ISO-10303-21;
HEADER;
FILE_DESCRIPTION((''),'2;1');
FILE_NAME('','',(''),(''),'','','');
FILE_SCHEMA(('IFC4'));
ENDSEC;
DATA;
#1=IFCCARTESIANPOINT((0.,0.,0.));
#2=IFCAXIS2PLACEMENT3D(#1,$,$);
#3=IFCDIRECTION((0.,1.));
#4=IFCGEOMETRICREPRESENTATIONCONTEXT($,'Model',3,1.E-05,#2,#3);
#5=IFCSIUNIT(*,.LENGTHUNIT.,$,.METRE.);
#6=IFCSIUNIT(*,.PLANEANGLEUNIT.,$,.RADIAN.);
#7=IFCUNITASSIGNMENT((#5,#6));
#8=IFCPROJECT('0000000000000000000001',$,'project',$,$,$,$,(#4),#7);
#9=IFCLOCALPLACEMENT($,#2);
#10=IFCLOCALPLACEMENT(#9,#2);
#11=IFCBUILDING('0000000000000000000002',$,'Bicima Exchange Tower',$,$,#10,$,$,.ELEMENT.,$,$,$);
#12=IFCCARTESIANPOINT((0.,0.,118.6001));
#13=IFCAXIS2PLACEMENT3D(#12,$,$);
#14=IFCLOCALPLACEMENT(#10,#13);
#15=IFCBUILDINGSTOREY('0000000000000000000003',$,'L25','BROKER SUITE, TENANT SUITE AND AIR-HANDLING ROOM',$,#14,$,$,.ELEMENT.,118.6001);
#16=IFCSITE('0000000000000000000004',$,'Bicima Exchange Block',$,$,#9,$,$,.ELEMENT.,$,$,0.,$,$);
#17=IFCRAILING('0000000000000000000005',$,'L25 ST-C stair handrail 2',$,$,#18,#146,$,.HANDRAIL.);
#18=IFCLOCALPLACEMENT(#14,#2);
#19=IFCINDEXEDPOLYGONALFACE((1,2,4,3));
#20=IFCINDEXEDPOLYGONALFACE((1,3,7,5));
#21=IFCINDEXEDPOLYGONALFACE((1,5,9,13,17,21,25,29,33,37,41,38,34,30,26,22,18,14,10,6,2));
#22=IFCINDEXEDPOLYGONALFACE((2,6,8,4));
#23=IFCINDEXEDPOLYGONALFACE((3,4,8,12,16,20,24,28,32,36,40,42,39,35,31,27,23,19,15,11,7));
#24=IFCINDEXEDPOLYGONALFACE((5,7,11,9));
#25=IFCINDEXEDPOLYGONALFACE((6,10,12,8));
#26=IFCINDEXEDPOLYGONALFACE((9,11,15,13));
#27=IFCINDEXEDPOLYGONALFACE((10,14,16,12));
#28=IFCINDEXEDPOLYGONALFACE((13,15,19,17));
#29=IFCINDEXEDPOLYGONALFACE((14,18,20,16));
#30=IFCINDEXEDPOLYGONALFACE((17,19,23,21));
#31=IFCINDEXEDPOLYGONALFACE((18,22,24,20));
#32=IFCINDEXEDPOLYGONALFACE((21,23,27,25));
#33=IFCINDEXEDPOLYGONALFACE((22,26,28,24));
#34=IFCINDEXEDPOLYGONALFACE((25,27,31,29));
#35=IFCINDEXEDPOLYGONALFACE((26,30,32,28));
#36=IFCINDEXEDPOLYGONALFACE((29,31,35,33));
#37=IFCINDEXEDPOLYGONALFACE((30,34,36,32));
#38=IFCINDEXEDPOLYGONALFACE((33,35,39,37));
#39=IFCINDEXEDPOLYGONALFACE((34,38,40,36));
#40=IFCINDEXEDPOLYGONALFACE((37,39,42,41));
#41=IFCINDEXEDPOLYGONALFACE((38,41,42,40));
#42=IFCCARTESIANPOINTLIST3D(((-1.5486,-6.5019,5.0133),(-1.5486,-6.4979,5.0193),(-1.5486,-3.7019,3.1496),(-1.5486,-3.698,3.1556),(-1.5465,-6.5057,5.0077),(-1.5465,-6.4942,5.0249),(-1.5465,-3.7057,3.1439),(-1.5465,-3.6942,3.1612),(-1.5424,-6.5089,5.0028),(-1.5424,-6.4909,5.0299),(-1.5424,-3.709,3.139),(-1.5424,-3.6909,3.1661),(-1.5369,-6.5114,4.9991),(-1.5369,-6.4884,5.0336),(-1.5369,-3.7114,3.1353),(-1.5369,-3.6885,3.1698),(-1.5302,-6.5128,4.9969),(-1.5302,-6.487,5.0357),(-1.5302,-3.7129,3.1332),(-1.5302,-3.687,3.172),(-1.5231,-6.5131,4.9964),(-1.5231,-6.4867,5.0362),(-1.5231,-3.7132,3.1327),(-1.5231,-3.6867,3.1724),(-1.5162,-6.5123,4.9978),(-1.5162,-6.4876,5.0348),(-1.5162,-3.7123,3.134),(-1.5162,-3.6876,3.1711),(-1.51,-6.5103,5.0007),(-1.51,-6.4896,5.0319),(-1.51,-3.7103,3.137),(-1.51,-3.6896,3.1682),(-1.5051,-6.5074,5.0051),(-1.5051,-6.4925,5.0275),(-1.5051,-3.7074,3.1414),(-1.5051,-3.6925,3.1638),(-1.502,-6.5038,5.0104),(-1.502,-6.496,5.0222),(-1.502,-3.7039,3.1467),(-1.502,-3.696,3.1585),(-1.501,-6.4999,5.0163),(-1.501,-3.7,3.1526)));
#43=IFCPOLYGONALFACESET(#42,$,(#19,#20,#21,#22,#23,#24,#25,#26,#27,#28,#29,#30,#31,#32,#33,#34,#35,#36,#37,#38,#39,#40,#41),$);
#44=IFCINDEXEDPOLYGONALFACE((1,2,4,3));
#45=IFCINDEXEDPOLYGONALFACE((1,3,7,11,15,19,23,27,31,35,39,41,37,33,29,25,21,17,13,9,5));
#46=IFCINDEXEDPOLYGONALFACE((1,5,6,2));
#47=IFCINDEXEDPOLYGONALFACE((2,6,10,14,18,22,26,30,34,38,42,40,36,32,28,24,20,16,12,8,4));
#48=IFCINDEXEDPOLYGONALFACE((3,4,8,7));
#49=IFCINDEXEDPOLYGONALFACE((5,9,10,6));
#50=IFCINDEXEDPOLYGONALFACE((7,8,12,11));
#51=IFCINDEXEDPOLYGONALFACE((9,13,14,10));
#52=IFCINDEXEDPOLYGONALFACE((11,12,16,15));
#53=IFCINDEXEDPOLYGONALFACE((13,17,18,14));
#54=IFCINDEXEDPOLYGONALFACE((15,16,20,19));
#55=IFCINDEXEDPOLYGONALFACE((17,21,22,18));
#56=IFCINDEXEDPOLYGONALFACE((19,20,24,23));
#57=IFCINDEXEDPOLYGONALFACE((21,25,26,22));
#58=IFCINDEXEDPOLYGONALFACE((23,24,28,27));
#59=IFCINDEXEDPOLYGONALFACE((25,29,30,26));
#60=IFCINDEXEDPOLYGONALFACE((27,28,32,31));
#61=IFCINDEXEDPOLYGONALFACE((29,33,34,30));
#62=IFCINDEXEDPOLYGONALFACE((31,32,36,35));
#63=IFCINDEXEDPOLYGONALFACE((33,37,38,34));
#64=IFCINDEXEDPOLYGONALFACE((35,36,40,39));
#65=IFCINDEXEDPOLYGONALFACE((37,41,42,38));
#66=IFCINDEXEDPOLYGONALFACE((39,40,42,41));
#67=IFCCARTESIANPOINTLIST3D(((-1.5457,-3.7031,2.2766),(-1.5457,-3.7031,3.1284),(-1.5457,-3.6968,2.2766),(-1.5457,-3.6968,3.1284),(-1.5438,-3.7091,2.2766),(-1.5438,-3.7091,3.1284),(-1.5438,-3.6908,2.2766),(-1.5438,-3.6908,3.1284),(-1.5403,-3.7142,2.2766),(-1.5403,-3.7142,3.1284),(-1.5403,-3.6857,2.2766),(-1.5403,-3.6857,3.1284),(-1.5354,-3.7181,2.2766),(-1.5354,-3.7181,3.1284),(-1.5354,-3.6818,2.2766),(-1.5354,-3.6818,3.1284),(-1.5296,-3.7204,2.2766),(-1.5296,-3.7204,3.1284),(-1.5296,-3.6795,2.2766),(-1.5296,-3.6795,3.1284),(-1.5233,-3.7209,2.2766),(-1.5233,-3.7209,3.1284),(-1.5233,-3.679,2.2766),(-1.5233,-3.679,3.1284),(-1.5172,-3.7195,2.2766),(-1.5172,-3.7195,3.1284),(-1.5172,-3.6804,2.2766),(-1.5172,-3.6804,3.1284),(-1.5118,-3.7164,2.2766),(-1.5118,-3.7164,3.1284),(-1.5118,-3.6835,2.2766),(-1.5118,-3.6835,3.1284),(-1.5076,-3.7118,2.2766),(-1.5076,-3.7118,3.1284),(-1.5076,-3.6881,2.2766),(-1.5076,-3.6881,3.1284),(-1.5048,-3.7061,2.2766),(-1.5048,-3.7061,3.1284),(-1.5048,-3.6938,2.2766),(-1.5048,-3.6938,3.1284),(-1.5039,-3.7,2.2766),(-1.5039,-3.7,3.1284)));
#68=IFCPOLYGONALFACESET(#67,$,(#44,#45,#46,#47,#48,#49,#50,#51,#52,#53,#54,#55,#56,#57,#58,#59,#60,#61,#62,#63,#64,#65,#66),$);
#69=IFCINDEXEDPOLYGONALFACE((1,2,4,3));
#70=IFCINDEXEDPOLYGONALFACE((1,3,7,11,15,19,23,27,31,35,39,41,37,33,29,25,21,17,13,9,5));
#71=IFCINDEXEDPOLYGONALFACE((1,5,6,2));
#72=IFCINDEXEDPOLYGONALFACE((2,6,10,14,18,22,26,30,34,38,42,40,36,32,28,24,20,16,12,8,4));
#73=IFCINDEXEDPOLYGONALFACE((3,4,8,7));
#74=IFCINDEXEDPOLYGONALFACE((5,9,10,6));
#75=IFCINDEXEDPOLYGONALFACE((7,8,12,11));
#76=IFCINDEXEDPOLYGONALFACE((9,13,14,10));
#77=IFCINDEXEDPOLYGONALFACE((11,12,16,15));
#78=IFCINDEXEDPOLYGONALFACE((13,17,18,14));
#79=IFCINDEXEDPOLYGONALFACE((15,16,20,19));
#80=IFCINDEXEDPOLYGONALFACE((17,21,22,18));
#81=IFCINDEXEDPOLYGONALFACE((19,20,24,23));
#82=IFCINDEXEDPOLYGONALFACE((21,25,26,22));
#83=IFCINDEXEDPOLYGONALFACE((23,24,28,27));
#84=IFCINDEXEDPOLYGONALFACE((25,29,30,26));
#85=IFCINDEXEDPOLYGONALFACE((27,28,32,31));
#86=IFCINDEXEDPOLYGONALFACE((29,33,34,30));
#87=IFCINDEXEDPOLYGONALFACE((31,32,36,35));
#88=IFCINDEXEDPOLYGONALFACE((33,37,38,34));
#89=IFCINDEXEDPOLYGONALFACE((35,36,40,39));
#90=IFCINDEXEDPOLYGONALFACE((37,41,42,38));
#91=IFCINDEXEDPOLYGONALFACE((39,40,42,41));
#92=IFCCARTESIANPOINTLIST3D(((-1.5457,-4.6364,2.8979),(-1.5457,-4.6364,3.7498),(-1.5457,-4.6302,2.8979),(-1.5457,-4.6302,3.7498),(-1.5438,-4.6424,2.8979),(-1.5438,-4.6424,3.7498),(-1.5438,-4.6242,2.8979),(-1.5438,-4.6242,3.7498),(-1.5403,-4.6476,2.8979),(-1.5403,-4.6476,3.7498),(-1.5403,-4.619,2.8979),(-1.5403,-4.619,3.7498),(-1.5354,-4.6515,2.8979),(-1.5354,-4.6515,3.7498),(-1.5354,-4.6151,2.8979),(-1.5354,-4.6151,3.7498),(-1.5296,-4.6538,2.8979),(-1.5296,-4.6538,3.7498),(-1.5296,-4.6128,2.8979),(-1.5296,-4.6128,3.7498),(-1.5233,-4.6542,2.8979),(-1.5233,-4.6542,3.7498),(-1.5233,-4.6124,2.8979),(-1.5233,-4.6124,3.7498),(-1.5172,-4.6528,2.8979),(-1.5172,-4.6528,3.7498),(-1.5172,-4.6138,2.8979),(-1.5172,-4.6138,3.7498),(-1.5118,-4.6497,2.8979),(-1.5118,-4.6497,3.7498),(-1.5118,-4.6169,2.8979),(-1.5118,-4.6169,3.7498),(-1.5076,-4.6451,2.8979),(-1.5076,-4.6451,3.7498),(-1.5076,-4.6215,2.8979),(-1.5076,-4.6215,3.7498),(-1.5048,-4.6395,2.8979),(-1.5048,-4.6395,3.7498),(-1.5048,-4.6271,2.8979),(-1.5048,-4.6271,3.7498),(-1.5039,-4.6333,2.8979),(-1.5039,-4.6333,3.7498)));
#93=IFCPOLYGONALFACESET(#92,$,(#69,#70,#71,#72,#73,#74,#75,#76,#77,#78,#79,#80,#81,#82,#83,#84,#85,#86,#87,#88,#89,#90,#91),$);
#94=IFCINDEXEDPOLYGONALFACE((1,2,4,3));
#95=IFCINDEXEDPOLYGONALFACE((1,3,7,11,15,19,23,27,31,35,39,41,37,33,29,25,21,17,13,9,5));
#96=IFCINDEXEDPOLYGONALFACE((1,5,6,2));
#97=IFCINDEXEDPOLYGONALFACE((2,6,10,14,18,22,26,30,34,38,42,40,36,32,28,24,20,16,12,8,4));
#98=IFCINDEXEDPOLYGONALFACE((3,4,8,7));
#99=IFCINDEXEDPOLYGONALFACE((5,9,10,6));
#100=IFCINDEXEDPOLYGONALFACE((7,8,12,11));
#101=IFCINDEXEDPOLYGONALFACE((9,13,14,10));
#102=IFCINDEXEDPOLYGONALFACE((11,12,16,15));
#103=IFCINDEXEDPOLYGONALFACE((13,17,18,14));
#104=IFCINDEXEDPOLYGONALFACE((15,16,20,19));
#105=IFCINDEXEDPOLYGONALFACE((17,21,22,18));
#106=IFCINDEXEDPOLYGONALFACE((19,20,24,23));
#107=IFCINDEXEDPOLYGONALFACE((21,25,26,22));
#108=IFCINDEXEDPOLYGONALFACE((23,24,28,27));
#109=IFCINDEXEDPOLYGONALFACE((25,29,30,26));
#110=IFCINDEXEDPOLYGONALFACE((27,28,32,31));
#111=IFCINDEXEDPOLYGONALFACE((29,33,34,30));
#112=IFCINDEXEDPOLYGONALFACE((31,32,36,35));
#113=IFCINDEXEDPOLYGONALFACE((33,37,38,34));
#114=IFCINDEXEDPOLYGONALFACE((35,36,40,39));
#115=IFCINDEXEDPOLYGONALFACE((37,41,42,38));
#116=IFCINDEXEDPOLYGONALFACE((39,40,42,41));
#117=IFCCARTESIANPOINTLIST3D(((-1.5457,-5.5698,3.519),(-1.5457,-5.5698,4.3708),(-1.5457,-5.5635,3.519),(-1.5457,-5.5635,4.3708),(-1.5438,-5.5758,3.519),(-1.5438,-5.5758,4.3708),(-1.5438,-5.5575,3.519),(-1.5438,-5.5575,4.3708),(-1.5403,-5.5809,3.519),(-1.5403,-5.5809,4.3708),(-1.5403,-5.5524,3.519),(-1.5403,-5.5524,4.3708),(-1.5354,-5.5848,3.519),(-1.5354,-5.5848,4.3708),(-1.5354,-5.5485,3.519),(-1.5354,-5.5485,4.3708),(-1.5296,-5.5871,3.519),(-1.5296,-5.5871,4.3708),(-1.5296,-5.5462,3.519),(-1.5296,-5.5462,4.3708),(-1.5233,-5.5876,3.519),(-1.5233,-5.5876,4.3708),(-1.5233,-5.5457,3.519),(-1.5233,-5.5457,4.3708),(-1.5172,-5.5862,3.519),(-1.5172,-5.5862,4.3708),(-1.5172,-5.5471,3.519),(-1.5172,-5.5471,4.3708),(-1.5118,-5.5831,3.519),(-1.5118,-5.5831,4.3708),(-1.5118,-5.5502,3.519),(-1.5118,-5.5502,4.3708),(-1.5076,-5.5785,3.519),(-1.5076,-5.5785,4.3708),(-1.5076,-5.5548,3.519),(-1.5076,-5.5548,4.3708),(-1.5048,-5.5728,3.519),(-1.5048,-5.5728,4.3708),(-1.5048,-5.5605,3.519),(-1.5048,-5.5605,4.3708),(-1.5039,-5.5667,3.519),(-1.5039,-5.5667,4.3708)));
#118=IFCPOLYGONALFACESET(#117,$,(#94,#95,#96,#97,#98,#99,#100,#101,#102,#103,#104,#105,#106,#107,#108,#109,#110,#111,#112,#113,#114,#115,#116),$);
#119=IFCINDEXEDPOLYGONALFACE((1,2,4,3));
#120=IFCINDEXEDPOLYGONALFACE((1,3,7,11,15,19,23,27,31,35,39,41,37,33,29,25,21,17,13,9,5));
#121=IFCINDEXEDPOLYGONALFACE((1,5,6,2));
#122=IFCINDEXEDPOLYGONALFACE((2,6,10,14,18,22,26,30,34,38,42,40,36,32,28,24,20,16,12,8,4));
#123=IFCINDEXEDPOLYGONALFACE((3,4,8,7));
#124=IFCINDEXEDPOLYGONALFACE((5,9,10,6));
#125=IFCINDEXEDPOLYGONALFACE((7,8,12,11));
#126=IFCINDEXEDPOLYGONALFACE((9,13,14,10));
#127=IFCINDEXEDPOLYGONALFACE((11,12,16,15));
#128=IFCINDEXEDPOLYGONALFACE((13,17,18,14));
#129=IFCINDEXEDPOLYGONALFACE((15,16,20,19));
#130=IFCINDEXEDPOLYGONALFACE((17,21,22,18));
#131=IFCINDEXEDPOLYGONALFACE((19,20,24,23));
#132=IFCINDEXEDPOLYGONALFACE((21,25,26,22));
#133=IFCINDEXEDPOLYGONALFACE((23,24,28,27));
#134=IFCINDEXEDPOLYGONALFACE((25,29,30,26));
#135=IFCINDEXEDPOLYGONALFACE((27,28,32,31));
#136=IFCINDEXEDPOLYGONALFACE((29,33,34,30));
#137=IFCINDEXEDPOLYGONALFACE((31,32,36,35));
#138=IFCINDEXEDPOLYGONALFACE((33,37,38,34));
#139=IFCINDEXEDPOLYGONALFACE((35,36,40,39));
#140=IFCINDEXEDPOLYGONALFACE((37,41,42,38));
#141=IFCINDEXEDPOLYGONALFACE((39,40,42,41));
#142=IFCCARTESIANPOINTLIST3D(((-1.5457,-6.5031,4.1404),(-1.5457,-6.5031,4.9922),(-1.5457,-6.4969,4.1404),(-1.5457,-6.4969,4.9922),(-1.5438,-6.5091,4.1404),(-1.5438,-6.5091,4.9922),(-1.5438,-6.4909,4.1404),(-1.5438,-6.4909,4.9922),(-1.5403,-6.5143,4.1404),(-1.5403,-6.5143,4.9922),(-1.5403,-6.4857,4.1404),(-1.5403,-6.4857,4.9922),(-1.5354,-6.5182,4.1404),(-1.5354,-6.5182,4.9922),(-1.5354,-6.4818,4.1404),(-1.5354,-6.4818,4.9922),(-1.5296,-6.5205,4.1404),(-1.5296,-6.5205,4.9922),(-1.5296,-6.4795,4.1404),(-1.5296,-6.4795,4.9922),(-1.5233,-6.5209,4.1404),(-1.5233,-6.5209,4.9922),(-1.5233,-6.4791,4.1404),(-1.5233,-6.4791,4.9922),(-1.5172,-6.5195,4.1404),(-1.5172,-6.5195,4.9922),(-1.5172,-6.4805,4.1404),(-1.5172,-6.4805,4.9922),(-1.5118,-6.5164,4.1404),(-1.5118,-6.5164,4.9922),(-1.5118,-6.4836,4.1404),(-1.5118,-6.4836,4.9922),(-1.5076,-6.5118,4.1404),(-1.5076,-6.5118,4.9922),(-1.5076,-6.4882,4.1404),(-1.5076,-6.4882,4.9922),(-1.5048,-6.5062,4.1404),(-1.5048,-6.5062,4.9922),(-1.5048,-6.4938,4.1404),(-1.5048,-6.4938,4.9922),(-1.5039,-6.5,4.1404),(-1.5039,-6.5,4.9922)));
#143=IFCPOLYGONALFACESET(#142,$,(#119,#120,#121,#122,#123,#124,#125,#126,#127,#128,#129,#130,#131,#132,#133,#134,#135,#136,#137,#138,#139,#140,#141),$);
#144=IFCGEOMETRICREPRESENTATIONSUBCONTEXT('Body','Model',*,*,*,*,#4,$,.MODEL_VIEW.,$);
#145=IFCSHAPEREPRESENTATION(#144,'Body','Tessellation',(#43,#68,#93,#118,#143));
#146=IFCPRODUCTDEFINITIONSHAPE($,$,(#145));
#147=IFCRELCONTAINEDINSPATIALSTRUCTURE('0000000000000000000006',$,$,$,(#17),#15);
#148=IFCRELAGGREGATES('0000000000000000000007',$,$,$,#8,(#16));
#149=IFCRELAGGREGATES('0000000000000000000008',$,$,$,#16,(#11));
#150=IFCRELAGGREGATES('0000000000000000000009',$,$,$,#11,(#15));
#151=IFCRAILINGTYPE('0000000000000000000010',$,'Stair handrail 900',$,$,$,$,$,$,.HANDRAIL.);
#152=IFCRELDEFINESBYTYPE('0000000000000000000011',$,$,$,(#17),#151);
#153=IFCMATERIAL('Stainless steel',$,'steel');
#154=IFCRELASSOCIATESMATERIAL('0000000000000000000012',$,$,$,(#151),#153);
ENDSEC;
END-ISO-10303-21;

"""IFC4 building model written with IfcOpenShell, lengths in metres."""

from ifc_helpers import new_model, si_unit, direction, frame, origin, origin_2d, place, context, subcontext, project, spatial, circle, extrude, material, type_object, element, save


model = new_model("IFC4")

# Units and contexts
model_context = context("Model", 3, precision=1e-05, world=origin(), true_north=direction((0.0, 1.0)))
body_context = subcontext(model_context, "Body", "Model", "MODEL_VIEW")
ifc_project = project(units=[si_unit("LENGTHUNIT", "METRE"), si_unit("PLANEANGLEUNIT", "RADIAN")], contexts=[model_context])

# Site, building, storey
site_placement = place(None, origin())
site = spatial("IfcSite", under=ifc_project, at=site_placement, Name="Bicima Exchange Block", CompositionType="ELEMENT", RefElevation=0.0)
building_placement = place(site_placement, origin())
building = spatial("IfcBuilding", under=site, at=building_placement, Name="Bicima Exchange Tower", CompositionType="ELEMENT")
storey_placement = place(building_placement, frame((0.0, 0.0, 118.6001)))
storey = spatial("IfcBuildingStorey", under=building, at=storey_placement, Name="L25", Description="BROKER SUITE, TENANT SUITE AND AIR-HANDLING ROOM", CompositionType="ELEMENT", Elevation=118.6001)

# Railing
ifc_material_1 = material(Name="Stainless steel", Category="steel")
railing_type = type_object("IfcRailingType", Name="Stair handrail 900", PredefinedType="HANDRAIL", material=ifc_material_1)
railing_placement = place(storey_placement, frame((-1.5249, -3.7, 2.2766)))
element("IfcRailing", 1, at=railing_placement, inside=storey, type_object=railing_type, Name="L25 ST-C stair handrail 2", PredefinedType="HANDRAIL", context=body_context, shape_type="SweptSolid", body=[
    extrude(circle(Radius=0.0239, at=origin_2d()), frame((0.0, 0.0, 0.876), z_axis=(0.0, -0.832452, 0.554097), x_axis=(1.0, 0.0, 0.0)), (0.0, 0.0, 1.0), 3.3635),
    extrude(circle(Radius=0.021, at=origin_2d()), origin(), (0.0, 0.0, 1.0), 0.8518),
    extrude(circle(Radius=0.021, at=origin_2d()), frame((0.0, -0.9333, 0.6213)), (0.0, 0.0, 1.0), 0.8518),
    extrude(circle(Radius=0.021, at=origin_2d()), frame((0.0, -1.8667, 1.2424)), (0.0, 0.0, 1.0), 0.8518),
    extrude(circle(Radius=0.021, at=origin_2d()), frame((0.0, -2.8, 1.8638)), (0.0, 0.0, 1.0), 0.8518),
])

save(model, "model.ifc")
